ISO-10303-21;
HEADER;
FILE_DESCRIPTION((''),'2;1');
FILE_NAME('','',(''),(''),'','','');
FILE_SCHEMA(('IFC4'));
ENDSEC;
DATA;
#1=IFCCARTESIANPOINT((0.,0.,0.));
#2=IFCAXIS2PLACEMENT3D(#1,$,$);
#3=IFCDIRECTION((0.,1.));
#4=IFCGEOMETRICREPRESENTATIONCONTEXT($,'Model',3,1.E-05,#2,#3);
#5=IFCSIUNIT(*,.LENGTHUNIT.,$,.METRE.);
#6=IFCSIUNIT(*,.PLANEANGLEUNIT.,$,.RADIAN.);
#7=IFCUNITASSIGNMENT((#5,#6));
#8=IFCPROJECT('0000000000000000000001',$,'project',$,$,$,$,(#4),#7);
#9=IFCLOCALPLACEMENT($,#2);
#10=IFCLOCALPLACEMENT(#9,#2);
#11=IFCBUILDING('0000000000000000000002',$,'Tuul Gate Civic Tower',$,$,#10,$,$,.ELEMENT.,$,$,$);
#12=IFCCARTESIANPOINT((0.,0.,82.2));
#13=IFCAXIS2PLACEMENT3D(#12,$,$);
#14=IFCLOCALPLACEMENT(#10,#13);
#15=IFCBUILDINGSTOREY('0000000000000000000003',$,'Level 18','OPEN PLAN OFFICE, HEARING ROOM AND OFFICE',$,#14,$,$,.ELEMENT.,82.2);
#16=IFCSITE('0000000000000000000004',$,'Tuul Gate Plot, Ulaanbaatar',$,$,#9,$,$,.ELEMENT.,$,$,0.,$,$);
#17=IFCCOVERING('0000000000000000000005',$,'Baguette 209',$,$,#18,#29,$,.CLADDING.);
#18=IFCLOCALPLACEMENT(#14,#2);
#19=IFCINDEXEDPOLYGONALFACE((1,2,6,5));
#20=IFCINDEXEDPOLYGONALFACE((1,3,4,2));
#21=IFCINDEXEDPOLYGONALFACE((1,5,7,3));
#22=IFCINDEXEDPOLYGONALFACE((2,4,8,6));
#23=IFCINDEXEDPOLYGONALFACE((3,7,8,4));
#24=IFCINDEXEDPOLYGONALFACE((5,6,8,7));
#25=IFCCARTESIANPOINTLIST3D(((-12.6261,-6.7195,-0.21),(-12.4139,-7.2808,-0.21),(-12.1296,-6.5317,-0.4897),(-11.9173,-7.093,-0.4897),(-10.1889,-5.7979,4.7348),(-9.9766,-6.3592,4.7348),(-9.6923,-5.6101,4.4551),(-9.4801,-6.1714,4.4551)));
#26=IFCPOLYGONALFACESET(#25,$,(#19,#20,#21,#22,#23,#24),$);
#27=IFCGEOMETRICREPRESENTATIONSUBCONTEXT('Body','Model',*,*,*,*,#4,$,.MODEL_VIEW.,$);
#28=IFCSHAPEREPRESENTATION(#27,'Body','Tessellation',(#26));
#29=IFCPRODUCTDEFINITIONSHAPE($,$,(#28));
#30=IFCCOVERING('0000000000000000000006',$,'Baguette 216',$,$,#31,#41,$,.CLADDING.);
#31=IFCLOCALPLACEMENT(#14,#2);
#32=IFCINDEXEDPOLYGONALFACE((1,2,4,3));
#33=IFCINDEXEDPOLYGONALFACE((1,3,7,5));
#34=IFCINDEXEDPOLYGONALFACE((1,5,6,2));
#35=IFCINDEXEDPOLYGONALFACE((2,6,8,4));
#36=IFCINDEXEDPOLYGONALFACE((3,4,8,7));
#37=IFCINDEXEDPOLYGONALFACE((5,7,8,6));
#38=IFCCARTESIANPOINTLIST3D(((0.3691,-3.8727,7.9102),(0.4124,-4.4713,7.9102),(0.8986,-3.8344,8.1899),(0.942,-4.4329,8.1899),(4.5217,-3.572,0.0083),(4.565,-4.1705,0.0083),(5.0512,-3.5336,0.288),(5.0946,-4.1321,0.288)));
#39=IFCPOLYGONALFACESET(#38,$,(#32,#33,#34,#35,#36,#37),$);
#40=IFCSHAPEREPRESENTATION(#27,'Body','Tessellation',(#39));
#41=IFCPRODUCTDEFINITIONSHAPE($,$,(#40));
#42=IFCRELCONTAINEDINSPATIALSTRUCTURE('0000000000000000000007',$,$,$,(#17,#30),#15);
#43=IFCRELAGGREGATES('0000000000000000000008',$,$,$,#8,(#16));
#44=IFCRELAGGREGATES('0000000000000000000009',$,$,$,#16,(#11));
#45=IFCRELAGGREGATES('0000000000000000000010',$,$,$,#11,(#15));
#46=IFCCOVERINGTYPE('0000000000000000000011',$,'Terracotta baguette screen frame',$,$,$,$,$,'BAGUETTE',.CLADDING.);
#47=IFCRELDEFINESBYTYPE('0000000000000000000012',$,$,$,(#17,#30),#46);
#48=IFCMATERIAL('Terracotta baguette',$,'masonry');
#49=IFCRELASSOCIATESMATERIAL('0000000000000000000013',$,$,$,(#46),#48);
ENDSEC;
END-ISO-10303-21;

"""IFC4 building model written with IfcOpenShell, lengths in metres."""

from ifc_helpers import new_model, si_unit, direction, frame, origin, origin_2d, place, context, subcontext, project, spatial, rectangle, extrude, material, material_profile, profile_set, type_object, element, save


model = new_model("IFC4")

# Units and contexts
model_context = context("Model", 3, precision=1e-05, world=origin(), true_north=direction((0.0, 1.0)))
body_context = subcontext(model_context, "Body", "Model", "MODEL_VIEW")
ifc_project = project(units=[si_unit("LENGTHUNIT", "METRE"), si_unit("PLANEANGLEUNIT", "RADIAN")], contexts=[model_context])

# Site, building, storey
site_placement = place(None, origin())
site = spatial("IfcSite", under=ifc_project, at=site_placement, Name="Tuul Gate Plot, Ulaanbaatar", CompositionType="ELEMENT", RefElevation=0.0)
building_placement = place(site_placement, origin())
building = spatial("IfcBuilding", under=site, at=building_placement, Name="Tuul Gate Civic Tower", CompositionType="ELEMENT")
storey_placement = place(building_placement, frame((0.0, 0.0, 82.2)))
storey = spatial("IfcBuildingStorey", under=building, at=storey_placement, Name="Level 18", Description="OPEN PLAN OFFICE, HEARING ROOM AND OFFICE", CompositionType="ELEMENT", Elevation=82.2)

# Coverings
ifc_material_1 = material(Name="Terracotta baguette", Category="masonry")
ifc_material_profile_1 = material_profile(ifc_material_1, rectangle(XDim=0.6001, YDim=0.6001, at=origin_2d()), Name="Terracotta baguette screen frame")
ifc_profile_set_1 = profile_set([ifc_material_profile_1], Name="Terracotta baguette")
covering_type = type_object("IfcCoveringType", Name="Terracotta baguette screen frame", ElementType="BAGUETTE", PredefinedType="CLADDING", material=ifc_profile_set_1)
covering_1_placement = place(storey_placement, frame((-9.8345, -5.9846, 4.595), z_axis=(-0.436053, -0.16489, -0.884686), x_axis=(0.353699, -0.935359, 0.0)))
element("IfcCovering", 1, at=covering_1_placement, inside=storey, type_object=covering_type, Name="Baguette 209", PredefinedType="CLADDING", context=body_context, shape_type="SweptSolid", body=[
    extrude(rectangle(XDim=0.6001, YDim=0.6001, at=origin_2d()), origin(), (0.0, 0.0, 1.0), 5.5894),
])
covering_2_placement = place(storey_placement, frame((0.6555, -4.1528, 8.05), z_axis=(0.464931, 0.033676, -0.884706), x_axis=(-0.072243, 0.997387, 0.0)))
element("IfcCovering", 2, at=covering_2_placement, inside=storey, type_object=covering_type, Name="Baguette 216", PredefinedType="CLADDING", context=body_context, shape_type="SweptSolid", body=[
    extrude(rectangle(XDim=0.6001, YDim=0.6001, at=origin_2d()), origin(), (0.0, 0.0, 1.0), 8.9316),
])

save(model, "model.ifc")
